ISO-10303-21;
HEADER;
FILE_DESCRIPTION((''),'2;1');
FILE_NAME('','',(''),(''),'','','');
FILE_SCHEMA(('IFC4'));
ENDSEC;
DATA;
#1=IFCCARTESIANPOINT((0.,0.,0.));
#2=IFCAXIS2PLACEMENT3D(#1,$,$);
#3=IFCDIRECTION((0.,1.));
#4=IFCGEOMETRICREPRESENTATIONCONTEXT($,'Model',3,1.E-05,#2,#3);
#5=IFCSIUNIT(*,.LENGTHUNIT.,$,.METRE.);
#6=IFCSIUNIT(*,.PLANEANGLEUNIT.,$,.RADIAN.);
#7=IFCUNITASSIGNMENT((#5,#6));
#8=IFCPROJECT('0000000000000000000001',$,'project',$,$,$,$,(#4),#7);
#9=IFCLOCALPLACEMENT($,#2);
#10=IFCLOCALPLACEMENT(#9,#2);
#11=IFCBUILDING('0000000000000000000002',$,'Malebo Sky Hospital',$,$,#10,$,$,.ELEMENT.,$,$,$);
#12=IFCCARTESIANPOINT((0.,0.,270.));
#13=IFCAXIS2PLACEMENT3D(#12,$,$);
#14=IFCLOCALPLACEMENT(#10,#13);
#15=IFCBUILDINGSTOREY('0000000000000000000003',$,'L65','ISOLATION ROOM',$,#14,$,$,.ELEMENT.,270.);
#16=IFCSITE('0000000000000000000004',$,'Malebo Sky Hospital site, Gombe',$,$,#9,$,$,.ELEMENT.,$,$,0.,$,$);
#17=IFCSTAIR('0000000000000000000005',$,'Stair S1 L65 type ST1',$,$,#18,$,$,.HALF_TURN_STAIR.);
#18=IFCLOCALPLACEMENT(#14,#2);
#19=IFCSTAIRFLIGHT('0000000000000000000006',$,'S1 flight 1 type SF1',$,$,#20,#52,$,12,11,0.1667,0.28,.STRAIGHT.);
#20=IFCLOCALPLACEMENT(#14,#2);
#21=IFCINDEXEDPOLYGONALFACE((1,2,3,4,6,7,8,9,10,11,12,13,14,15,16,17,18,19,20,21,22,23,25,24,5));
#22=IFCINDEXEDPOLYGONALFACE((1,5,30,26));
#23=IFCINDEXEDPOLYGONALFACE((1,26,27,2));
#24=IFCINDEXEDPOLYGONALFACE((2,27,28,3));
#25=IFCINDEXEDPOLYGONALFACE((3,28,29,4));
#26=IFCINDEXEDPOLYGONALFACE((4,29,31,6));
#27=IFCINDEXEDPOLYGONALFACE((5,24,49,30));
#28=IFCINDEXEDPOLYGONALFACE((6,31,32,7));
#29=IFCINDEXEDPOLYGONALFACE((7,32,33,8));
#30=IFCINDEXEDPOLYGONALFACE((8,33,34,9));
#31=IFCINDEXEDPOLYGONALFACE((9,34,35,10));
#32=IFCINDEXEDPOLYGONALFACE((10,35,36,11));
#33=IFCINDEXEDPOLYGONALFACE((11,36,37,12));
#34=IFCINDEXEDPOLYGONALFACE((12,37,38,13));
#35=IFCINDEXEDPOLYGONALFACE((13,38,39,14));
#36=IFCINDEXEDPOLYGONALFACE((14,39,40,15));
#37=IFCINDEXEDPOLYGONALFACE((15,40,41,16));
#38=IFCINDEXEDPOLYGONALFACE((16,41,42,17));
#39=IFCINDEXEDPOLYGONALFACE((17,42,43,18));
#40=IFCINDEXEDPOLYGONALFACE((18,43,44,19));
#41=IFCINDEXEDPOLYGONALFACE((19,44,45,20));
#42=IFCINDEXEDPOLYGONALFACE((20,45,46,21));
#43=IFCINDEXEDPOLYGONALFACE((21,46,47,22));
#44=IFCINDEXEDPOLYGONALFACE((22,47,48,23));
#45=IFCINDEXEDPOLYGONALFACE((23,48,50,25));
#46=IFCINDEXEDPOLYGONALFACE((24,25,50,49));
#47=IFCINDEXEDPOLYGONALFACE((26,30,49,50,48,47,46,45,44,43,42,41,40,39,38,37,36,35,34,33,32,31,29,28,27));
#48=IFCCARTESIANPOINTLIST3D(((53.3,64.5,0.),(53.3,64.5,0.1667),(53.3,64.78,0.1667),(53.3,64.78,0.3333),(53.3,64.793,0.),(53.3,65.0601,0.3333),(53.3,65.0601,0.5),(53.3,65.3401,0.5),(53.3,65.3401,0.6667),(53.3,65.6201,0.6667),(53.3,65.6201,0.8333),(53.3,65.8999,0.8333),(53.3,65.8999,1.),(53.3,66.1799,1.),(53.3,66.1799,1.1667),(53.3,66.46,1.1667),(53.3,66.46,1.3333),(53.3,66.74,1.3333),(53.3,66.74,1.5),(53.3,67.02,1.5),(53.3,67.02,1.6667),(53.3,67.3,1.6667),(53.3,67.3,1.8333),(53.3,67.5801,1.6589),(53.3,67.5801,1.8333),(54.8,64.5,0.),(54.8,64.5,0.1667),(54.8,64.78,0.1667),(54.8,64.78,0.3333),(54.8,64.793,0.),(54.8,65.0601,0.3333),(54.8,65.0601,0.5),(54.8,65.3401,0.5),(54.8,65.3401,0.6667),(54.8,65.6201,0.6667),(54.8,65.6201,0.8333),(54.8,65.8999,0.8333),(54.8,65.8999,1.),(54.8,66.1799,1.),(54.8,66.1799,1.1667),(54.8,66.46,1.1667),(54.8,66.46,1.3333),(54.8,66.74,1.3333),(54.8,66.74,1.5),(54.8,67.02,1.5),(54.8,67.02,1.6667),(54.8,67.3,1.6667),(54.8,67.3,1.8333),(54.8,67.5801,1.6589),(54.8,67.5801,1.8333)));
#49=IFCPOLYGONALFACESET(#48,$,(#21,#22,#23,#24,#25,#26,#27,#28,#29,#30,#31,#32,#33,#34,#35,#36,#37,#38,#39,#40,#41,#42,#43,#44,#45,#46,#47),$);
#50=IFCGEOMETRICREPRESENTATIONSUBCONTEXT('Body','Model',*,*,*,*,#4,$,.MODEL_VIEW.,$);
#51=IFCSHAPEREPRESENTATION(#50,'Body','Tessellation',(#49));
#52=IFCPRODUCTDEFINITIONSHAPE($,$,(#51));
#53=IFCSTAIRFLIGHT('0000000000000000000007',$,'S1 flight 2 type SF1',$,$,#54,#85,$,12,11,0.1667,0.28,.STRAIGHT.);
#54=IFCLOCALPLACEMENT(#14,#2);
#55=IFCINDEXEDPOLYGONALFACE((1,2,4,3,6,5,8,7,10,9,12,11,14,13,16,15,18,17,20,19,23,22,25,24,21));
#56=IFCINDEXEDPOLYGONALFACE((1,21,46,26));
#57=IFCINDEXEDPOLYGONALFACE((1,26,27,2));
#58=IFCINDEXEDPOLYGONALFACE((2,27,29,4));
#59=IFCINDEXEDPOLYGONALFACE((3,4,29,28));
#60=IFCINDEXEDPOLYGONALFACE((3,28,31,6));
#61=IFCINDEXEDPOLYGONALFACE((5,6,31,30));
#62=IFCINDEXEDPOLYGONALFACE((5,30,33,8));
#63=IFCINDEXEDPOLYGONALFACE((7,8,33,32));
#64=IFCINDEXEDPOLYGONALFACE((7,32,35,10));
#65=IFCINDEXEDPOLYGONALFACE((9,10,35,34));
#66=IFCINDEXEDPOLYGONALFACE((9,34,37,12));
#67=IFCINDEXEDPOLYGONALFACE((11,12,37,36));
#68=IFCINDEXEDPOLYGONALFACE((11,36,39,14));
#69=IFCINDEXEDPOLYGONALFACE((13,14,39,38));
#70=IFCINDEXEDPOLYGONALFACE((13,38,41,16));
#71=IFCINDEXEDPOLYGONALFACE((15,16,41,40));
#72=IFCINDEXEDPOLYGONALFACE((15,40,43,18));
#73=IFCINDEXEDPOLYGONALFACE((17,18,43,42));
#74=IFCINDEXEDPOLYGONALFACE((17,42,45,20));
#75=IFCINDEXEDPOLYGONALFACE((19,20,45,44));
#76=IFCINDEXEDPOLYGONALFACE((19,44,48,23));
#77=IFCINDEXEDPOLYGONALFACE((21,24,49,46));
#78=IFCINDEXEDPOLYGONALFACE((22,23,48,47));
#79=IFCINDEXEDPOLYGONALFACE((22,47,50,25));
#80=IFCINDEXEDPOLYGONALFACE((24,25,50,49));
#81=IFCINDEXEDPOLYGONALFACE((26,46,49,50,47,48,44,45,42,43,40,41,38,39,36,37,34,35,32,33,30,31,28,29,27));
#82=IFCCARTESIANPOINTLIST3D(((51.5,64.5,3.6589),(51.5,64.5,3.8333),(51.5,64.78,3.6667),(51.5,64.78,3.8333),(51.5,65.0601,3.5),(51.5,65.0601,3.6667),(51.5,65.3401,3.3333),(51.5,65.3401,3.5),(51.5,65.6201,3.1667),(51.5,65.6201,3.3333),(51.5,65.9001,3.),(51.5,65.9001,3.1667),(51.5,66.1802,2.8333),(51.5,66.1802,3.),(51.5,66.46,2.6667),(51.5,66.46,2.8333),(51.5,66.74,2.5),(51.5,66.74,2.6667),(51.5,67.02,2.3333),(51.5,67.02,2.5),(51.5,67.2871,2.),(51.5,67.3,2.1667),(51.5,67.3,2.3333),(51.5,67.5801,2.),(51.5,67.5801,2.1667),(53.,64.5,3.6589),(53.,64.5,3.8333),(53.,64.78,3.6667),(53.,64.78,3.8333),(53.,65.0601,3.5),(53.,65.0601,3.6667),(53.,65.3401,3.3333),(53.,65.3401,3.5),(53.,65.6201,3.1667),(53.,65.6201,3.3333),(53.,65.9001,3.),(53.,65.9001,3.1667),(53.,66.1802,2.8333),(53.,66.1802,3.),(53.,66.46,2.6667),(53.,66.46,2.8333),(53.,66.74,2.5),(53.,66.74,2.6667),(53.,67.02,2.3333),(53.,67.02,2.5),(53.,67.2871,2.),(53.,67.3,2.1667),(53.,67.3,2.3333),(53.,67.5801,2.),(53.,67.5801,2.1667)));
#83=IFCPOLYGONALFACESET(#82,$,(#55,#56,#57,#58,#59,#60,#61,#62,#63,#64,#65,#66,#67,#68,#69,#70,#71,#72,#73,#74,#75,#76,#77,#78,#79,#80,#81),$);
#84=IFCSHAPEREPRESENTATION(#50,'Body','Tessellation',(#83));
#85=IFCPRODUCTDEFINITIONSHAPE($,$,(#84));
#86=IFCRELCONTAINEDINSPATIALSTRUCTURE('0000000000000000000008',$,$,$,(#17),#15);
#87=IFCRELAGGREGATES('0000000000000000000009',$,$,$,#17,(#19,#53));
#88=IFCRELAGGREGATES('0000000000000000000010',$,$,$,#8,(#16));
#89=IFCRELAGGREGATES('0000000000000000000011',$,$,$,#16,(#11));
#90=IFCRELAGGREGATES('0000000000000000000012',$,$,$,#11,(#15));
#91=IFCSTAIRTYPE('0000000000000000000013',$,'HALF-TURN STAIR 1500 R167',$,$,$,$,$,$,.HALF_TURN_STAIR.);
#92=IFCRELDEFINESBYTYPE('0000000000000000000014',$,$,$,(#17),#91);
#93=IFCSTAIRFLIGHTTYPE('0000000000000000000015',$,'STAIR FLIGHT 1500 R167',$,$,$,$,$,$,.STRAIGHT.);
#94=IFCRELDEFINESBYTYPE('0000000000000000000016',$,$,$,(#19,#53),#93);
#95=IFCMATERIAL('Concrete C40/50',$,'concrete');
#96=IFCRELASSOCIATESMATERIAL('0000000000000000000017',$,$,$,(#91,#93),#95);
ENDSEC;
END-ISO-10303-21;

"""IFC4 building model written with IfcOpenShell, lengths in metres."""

from ifc_helpers import new_model, si_unit, direction, frame, origin, place, context, subcontext, project, spatial, polyline, outline, extrude, material, type_object, element, aggregate, save


model = new_model("IFC4")

# Units and contexts
model_context = context("Model", 3, precision=1e-05, world=origin(), true_north=direction((0.0, 1.0)))
body_context = subcontext(model_context, "Body", "Model", "MODEL_VIEW")
ifc_project = project(units=[si_unit("LENGTHUNIT", "METRE"), si_unit("PLANEANGLEUNIT", "RADIAN")], contexts=[model_context])

# Site, building, storey
site_placement = place(None, origin())
site = spatial("IfcSite", under=ifc_project, at=site_placement, Name="Malebo Sky Hospital site, Gombe", CompositionType="ELEMENT", RefElevation=0.0)
building_placement = place(site_placement, origin())
building = spatial("IfcBuilding", under=site, at=building_placement, Name="Malebo Sky Hospital", CompositionType="ELEMENT")
storey_placement = place(building_placement, frame((0.0, 0.0, 270.0)))
storey = spatial("IfcBuildingStorey", under=building, at=storey_placement, Name="L65", Description="ISOLATION ROOM", CompositionType="ELEMENT", Elevation=270.0)

# Stair, stair flights
ifc_material_1 = material(Name="Concrete C40/50", Category="concrete")
stair_type = type_object("IfcStairType", Name="HALF-TURN STAIR 1500 R167", PredefinedType="HALF_TURN_STAIR", material=ifc_material_1)
stair_placement = place(storey_placement, origin())
stair = element("IfcStair", 1, at=stair_placement, inside=storey, type_object=stair_type, Name="Stair S1 L65 type ST1", PredefinedType="HALF_TURN_STAIR")
stair_flight_type = type_object("IfcStairFlightType", Name="STAIR FLIGHT 1500 R167", PredefinedType="STRAIGHT", material=ifc_material_1)
stair_flight_1_placement = place(storey_placement, frame((54.05, 64.5, 0.0), z_axis=(0.0, 0.0, 1.0), x_axis=(0.0, 1.0, 0.0)))
stair_flight_1 = element("IfcStairFlight", 2, at=stair_flight_1_placement, type_object=stair_flight_type, Name="S1 flight 1 type SF1", NumberOfRisers=12, NumberOfTreads=11, PredefinedType="STRAIGHT", RiserHeight=0.1667, TreadLength=0.28, context=body_context, shape_type="SweptSolid", body=[
    extrude(outline(polyline([(0.0, 0.0), (0.0, 0.1667), (0.28, 0.1667), (0.28, 0.3333), (0.5601, 0.3333), (0.5601, 0.5), (0.8401, 0.5), (0.8401, 0.6667), (1.1201, 0.6667), (1.1201, 0.8333), (1.3999, 0.8333), (1.3999, 1.0), (1.6799, 1.0), (1.6799, 1.1667), (1.96, 1.1667), (1.96, 1.3333), (2.24, 1.3333), (2.24, 1.5), (2.52, 1.5), (2.52, 1.6667), (2.8, 1.6667), (2.8, 1.8333), (3.0801, 1.8333), (3.0801, 2.0), (3.0801, 1.6589), (0.293, 0.0), (0.0, 0.0)])), frame((0.0, 0.75, 0.0), z_axis=(0.0, -1.0, 0.0), x_axis=(1.0, 0.0, 0.0)), (0.0, 0.0, 1.0), 1.5),
])
stair_flight_2_placement = place(storey_placement, frame((52.25, 67.5801, 2.0), z_axis=(0.0, 0.0, 1.0), x_axis=(0.0, -1.0, 0.0)))
stair_flight_2 = element("IfcStairFlight", 3, at=stair_flight_2_placement, type_object=stair_flight_type, Name="S1 flight 2 type SF1", NumberOfRisers=12, NumberOfTreads=11, PredefinedType="STRAIGHT", RiserHeight=0.1667, TreadLength=0.28, context=body_context, shape_type="SweptSolid", body=[
    extrude(outline(polyline([(0.0, 0.0), (0.0, 0.1667), (0.28, 0.1667), (0.28, 0.3333), (0.5601, 0.3333), (0.5601, 0.5), (0.8401, 0.5), (0.8401, 0.6667), (1.1201, 0.6667), (1.1201, 0.8333), (1.3999, 0.8333), (1.3999, 1.0), (1.6799, 1.0), (1.6799, 1.1667), (1.96, 1.1667), (1.96, 1.3333), (2.24, 1.3333), (2.24, 1.5), (2.52, 1.5), (2.52, 1.6667), (2.8, 1.6667), (2.8, 1.8333), (3.0801, 1.8333), (3.0801, 2.0), (3.0801, 1.6589), (0.293, 0.0), (0.0, 0.0)])), frame((0.0, 0.75, 0.0), z_axis=(0.0, -1.0, 0.0), x_axis=(1.0, 0.0, 0.0)), (0.0, 0.0, 1.0), 1.5),
])
aggregate(stair, [stair_flight_1, stair_flight_2])

save(model, "model.ifc")
